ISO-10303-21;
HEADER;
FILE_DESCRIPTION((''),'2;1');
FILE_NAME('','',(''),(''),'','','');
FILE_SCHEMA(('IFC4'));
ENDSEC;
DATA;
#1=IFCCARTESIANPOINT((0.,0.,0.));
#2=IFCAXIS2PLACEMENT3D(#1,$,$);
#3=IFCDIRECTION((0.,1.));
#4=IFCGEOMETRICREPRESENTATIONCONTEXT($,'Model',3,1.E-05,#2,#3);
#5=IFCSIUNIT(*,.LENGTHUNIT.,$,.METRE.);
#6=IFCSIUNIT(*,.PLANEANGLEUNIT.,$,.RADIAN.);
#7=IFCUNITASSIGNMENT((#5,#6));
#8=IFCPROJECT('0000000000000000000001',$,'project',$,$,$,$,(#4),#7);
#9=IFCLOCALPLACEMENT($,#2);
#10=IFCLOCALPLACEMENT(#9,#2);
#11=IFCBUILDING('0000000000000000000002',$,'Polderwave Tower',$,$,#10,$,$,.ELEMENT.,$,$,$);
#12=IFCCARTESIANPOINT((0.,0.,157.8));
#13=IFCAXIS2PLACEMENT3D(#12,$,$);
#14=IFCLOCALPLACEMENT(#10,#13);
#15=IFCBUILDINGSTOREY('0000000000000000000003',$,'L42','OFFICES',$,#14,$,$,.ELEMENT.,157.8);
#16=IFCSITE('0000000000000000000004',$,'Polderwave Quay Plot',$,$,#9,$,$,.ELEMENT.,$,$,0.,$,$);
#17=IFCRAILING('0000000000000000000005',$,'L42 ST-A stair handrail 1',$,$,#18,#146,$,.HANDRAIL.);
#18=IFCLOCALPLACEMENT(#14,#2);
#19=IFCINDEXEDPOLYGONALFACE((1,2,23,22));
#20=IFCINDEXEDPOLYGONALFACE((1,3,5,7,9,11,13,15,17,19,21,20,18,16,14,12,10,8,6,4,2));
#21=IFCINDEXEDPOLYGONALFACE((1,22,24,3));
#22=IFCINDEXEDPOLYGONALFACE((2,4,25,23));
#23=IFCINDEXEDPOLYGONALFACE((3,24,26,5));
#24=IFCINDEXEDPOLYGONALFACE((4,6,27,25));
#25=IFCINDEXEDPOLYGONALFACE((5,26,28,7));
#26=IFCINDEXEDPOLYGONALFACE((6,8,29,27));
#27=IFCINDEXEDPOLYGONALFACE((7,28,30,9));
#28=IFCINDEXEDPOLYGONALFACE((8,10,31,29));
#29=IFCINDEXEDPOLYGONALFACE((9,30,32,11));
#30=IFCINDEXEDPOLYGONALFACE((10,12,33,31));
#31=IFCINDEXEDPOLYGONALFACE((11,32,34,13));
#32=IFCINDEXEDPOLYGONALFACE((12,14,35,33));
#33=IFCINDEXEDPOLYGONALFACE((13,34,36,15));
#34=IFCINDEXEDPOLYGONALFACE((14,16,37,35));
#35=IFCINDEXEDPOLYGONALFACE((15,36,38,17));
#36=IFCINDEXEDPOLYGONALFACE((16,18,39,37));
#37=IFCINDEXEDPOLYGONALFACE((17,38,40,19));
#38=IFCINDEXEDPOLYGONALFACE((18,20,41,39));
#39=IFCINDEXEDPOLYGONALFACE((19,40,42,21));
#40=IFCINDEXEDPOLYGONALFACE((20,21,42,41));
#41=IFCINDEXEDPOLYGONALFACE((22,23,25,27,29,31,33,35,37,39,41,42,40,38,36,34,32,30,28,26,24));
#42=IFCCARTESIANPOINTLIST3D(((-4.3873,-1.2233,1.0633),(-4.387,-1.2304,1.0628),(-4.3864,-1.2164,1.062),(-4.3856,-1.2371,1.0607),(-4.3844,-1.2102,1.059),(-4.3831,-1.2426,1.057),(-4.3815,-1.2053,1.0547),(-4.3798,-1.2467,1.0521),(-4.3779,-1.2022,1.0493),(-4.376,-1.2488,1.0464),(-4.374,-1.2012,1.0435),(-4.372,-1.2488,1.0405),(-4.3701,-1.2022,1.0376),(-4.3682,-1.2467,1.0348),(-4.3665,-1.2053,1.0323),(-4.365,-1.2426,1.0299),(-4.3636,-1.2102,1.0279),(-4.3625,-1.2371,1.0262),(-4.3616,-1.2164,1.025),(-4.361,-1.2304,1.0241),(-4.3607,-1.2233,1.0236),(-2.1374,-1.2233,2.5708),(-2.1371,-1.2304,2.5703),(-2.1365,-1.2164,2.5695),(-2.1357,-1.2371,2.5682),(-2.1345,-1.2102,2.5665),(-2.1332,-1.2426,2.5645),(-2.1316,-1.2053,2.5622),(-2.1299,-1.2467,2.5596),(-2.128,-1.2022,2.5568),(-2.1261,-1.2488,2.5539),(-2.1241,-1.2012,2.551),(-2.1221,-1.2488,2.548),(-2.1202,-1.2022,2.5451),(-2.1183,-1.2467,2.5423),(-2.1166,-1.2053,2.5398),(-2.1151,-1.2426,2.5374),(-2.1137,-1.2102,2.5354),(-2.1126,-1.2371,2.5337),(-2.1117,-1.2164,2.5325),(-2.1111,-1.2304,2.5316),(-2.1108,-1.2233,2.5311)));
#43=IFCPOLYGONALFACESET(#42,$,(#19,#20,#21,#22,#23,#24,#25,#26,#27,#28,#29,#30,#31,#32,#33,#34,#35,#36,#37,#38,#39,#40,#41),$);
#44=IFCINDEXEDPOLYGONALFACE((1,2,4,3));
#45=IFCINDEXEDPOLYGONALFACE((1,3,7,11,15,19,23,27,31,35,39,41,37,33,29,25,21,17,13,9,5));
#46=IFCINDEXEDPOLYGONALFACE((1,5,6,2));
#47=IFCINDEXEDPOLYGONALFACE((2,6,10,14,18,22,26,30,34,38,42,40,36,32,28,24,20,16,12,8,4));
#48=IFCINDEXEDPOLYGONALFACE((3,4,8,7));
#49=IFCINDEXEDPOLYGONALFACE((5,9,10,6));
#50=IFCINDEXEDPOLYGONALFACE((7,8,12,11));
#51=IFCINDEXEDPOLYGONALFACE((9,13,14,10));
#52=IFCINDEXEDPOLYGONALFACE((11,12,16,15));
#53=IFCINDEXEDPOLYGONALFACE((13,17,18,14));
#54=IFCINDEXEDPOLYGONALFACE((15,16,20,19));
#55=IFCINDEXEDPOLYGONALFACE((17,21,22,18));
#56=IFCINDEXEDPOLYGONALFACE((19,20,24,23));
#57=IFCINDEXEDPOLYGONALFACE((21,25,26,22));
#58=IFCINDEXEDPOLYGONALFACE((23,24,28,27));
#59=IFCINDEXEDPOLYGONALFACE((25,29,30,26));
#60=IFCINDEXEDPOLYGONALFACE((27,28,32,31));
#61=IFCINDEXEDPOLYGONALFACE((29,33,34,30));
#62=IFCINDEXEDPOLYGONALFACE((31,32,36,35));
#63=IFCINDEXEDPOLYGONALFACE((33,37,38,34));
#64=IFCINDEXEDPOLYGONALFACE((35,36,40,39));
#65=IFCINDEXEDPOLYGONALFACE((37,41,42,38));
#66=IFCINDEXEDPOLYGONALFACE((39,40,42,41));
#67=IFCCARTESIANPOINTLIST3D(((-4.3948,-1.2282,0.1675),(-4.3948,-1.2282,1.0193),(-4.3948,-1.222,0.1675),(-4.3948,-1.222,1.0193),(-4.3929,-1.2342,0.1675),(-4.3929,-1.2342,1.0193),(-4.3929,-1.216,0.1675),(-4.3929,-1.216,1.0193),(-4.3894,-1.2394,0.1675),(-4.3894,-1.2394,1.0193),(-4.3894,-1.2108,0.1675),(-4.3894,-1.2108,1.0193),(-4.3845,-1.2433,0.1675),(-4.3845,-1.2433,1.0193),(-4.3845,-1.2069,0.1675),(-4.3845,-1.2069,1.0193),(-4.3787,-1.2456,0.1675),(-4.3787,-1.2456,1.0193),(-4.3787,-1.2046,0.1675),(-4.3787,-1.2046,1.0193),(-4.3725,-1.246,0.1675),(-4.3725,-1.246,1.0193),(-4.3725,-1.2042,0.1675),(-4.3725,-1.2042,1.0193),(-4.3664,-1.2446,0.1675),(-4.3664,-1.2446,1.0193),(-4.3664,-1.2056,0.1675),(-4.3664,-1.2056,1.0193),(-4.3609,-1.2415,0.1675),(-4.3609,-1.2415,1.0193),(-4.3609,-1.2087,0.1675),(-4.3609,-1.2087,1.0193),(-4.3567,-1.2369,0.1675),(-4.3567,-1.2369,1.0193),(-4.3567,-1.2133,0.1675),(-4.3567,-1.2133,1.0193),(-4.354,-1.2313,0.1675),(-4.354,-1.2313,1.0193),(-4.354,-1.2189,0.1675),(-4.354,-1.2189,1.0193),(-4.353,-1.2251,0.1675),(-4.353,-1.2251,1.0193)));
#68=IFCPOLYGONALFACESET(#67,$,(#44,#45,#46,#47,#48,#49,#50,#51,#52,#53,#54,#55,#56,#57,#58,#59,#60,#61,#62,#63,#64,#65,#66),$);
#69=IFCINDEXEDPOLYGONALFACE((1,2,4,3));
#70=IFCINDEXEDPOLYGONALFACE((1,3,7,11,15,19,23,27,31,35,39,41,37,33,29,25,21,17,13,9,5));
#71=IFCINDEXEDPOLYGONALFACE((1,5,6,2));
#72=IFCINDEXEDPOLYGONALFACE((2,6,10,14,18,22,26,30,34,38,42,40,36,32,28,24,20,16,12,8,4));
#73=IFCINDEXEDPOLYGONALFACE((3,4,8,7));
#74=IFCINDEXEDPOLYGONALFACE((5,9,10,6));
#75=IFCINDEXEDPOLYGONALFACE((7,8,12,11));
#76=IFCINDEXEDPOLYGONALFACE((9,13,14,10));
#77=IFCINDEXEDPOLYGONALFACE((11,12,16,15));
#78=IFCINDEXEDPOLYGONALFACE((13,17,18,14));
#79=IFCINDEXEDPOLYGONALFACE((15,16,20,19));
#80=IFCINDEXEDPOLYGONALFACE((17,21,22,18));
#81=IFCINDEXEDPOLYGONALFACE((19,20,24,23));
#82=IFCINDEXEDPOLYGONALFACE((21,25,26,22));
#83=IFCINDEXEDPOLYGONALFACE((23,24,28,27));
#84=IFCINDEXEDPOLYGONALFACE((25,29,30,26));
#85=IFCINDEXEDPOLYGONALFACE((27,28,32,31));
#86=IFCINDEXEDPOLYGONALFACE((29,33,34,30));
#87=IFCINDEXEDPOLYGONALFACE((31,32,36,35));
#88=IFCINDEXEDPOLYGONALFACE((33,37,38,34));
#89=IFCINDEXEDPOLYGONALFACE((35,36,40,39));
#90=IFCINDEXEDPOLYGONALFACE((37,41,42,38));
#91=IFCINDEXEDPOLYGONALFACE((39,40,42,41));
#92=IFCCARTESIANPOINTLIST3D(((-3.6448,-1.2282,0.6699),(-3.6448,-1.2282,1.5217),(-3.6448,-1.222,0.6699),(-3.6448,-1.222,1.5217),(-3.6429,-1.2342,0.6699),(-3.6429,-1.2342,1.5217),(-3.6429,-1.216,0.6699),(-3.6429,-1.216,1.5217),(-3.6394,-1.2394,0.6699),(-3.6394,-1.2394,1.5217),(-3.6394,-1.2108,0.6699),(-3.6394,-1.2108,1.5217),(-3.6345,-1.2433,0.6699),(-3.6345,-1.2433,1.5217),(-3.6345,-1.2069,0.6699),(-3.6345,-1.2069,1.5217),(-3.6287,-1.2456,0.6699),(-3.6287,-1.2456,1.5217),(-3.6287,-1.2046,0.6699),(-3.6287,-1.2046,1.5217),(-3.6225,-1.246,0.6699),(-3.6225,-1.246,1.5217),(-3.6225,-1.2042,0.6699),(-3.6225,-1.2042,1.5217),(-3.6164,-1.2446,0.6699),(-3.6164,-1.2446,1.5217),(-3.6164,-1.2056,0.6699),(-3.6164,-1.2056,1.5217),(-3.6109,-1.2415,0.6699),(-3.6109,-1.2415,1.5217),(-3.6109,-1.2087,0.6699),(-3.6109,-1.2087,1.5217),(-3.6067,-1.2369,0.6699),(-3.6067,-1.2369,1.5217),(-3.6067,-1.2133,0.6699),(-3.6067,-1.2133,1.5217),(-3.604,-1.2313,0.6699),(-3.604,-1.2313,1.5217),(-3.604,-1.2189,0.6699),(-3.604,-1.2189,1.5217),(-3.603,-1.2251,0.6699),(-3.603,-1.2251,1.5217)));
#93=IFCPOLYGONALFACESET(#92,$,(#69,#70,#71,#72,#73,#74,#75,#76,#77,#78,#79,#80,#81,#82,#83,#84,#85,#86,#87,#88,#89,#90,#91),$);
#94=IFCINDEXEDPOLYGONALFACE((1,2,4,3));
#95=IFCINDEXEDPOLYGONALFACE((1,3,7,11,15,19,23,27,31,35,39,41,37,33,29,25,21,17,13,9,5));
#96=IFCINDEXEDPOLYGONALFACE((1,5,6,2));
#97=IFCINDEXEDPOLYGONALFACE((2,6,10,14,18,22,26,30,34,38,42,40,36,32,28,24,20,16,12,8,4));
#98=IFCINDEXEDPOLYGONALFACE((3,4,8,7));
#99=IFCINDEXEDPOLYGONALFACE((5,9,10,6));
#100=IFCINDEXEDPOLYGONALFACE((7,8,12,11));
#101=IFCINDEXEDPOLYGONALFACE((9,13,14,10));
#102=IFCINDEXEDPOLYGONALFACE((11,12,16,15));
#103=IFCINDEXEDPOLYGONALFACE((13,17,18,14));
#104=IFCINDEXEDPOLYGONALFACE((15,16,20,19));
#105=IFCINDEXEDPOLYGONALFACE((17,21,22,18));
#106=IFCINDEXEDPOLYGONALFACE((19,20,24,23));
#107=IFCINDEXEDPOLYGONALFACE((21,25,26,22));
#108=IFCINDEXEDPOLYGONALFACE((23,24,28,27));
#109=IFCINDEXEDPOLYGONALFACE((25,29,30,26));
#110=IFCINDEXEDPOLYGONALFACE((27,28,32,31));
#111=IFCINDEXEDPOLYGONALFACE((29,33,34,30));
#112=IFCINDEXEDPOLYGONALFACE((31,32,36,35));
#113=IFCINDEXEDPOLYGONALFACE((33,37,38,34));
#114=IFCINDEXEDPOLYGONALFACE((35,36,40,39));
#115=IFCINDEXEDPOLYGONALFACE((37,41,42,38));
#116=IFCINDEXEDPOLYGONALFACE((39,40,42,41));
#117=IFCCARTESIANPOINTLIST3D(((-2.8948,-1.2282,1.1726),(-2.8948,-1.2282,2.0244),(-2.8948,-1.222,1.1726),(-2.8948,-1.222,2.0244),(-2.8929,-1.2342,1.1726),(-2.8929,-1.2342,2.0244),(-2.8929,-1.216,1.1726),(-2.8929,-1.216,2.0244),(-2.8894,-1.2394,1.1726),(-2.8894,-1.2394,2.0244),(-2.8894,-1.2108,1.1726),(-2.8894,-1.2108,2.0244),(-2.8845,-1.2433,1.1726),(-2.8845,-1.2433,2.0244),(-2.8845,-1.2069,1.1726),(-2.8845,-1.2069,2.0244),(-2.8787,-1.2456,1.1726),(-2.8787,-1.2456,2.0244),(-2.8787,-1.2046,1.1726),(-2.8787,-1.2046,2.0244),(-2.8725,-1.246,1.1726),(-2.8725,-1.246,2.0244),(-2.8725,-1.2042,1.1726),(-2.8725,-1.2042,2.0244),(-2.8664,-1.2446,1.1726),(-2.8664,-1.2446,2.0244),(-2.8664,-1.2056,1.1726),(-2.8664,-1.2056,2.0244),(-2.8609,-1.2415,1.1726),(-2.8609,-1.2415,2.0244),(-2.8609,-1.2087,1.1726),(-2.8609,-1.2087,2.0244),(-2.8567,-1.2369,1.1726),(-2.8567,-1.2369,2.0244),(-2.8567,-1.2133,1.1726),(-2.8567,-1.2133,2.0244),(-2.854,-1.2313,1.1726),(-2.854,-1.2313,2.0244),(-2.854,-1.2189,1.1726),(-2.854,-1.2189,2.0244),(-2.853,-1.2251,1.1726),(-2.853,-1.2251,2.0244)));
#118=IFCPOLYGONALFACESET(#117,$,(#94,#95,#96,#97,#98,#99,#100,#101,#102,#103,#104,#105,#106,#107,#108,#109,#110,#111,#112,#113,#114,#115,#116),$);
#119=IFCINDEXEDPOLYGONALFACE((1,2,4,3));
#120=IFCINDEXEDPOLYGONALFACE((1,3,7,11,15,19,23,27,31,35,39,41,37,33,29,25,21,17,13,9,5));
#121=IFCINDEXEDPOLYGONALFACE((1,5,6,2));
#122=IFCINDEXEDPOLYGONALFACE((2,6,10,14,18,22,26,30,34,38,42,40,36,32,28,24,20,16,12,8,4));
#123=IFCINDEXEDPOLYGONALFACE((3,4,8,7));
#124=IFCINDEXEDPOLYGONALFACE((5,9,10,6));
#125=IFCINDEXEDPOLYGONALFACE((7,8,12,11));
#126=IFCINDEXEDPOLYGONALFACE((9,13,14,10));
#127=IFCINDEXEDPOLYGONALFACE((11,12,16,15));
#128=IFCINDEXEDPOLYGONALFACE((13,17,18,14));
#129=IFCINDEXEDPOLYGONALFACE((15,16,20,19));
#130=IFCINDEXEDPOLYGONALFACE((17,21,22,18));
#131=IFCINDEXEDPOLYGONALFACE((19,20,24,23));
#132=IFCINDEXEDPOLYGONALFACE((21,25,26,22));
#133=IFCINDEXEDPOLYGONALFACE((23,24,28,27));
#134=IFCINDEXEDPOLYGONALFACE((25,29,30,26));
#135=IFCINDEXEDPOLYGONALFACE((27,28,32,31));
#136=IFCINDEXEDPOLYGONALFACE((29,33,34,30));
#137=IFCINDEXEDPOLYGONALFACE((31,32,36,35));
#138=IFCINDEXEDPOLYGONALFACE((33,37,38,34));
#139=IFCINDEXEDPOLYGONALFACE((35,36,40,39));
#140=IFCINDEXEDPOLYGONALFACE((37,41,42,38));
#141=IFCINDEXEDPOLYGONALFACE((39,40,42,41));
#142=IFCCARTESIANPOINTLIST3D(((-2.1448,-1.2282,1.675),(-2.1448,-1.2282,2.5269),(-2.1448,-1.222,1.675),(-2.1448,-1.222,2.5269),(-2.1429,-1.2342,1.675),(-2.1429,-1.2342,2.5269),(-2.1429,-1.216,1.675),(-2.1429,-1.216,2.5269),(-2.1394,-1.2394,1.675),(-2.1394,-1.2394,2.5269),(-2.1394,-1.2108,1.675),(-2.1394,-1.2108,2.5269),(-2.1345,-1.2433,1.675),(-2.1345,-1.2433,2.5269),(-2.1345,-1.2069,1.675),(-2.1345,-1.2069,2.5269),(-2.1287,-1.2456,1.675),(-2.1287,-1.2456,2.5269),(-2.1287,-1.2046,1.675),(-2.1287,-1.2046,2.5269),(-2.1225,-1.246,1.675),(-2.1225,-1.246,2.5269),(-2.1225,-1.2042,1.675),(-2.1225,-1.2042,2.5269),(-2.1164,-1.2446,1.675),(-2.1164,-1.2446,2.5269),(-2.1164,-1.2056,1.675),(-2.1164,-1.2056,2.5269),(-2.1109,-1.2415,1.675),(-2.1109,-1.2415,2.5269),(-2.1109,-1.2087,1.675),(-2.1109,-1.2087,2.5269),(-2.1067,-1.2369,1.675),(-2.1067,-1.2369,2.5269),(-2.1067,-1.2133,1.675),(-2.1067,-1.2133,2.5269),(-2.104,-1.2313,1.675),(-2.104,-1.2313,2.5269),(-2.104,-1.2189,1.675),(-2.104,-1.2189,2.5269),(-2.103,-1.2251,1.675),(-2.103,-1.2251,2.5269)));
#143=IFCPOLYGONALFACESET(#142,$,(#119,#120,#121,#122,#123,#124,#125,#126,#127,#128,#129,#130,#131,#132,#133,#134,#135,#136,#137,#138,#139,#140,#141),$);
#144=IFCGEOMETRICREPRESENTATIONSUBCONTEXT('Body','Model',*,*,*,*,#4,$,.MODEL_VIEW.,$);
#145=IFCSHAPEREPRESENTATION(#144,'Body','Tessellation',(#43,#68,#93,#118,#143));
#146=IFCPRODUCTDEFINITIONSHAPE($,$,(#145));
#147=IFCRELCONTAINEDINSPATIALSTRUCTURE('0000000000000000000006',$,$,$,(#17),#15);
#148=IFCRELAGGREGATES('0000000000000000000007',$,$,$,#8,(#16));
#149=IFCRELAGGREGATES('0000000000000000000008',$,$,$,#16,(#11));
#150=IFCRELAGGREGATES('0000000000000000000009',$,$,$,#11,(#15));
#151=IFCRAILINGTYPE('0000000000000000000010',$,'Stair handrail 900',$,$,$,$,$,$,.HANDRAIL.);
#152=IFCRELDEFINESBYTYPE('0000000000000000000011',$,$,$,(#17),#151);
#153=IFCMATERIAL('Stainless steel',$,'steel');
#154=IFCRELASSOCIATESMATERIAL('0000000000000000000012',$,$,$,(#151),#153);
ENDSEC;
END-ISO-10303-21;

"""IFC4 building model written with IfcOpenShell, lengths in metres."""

from ifc_helpers import new_model, si_unit, direction, frame, origin, origin_2d, place, context, subcontext, project, spatial, circle, extrude, material, type_object, element, save


model = new_model("IFC4")

# Units and contexts
model_context = context("Model", 3, precision=1e-05, world=origin(), true_north=direction((0.0, 1.0)))
body_context = subcontext(model_context, "Body", "Model", "MODEL_VIEW")
ifc_project = project(units=[si_unit("LENGTHUNIT", "METRE"), si_unit("PLANEANGLEUNIT", "RADIAN")], contexts=[model_context])

# Site, building, storey
site_placement = place(None, origin())
site = spatial("IfcSite", under=ifc_project, at=site_placement, Name="Polderwave Quay Plot", CompositionType="ELEMENT", RefElevation=0.0)
building_placement = place(site_placement, origin())
building = spatial("IfcBuilding", under=site, at=building_placement, Name="Polderwave Tower", CompositionType="ELEMENT")
storey_placement = place(building_placement, frame((0.0, 0.0, 157.8)))
storey = spatial("IfcBuildingStorey", under=building, at=storey_placement, Name="L42", Description="OFFICES", CompositionType="ELEMENT", Elevation=157.8)

# Shared definitions
ifc_material_1 = material(Name="Stainless steel", Category="steel")

# Railing
railing_type_1 = type_object("IfcRailingType", Name="Stair handrail 900", PredefinedType="HANDRAIL", material=ifc_material_1)
railing_1_placement = place(storey_placement, frame((-4.374, -1.2251, 0.1675)))
element("IfcRailing", 1, at=railing_1_placement, inside=storey, type_object=railing_type_1, Name="L42 ST-A stair handrail 1", PredefinedType="HANDRAIL", context=body_context, shape_type="SweptSolid", body=[
    extrude(circle(Radius=0.0239, at=origin_2d()), frame((0.0, 0.0, 0.876), z_axis=(0.830758, 0.0, 0.556633), x_axis=(0.0, 1.0, 0.0)), (0.0, 0.0, 1.0), 2.7083),
    extrude(circle(Radius=0.021, at=origin_2d()), origin(), (0.0, 0.0, 1.0), 0.8518),
    extrude(circle(Radius=0.021, at=origin_2d()), frame((0.75, 0.0, 0.5024)), (0.0, 0.0, 1.0), 0.8518),
    extrude(circle(Radius=0.021, at=origin_2d()), frame((1.5, 0.0, 1.0051)), (0.0, 0.0, 1.0), 0.8518),
    extrude(circle(Radius=0.021, at=origin_2d()), frame((2.25, 0.0, 1.5076)), (0.0, 0.0, 1.0), 0.8518),
])

save(model, "model.ifc")
